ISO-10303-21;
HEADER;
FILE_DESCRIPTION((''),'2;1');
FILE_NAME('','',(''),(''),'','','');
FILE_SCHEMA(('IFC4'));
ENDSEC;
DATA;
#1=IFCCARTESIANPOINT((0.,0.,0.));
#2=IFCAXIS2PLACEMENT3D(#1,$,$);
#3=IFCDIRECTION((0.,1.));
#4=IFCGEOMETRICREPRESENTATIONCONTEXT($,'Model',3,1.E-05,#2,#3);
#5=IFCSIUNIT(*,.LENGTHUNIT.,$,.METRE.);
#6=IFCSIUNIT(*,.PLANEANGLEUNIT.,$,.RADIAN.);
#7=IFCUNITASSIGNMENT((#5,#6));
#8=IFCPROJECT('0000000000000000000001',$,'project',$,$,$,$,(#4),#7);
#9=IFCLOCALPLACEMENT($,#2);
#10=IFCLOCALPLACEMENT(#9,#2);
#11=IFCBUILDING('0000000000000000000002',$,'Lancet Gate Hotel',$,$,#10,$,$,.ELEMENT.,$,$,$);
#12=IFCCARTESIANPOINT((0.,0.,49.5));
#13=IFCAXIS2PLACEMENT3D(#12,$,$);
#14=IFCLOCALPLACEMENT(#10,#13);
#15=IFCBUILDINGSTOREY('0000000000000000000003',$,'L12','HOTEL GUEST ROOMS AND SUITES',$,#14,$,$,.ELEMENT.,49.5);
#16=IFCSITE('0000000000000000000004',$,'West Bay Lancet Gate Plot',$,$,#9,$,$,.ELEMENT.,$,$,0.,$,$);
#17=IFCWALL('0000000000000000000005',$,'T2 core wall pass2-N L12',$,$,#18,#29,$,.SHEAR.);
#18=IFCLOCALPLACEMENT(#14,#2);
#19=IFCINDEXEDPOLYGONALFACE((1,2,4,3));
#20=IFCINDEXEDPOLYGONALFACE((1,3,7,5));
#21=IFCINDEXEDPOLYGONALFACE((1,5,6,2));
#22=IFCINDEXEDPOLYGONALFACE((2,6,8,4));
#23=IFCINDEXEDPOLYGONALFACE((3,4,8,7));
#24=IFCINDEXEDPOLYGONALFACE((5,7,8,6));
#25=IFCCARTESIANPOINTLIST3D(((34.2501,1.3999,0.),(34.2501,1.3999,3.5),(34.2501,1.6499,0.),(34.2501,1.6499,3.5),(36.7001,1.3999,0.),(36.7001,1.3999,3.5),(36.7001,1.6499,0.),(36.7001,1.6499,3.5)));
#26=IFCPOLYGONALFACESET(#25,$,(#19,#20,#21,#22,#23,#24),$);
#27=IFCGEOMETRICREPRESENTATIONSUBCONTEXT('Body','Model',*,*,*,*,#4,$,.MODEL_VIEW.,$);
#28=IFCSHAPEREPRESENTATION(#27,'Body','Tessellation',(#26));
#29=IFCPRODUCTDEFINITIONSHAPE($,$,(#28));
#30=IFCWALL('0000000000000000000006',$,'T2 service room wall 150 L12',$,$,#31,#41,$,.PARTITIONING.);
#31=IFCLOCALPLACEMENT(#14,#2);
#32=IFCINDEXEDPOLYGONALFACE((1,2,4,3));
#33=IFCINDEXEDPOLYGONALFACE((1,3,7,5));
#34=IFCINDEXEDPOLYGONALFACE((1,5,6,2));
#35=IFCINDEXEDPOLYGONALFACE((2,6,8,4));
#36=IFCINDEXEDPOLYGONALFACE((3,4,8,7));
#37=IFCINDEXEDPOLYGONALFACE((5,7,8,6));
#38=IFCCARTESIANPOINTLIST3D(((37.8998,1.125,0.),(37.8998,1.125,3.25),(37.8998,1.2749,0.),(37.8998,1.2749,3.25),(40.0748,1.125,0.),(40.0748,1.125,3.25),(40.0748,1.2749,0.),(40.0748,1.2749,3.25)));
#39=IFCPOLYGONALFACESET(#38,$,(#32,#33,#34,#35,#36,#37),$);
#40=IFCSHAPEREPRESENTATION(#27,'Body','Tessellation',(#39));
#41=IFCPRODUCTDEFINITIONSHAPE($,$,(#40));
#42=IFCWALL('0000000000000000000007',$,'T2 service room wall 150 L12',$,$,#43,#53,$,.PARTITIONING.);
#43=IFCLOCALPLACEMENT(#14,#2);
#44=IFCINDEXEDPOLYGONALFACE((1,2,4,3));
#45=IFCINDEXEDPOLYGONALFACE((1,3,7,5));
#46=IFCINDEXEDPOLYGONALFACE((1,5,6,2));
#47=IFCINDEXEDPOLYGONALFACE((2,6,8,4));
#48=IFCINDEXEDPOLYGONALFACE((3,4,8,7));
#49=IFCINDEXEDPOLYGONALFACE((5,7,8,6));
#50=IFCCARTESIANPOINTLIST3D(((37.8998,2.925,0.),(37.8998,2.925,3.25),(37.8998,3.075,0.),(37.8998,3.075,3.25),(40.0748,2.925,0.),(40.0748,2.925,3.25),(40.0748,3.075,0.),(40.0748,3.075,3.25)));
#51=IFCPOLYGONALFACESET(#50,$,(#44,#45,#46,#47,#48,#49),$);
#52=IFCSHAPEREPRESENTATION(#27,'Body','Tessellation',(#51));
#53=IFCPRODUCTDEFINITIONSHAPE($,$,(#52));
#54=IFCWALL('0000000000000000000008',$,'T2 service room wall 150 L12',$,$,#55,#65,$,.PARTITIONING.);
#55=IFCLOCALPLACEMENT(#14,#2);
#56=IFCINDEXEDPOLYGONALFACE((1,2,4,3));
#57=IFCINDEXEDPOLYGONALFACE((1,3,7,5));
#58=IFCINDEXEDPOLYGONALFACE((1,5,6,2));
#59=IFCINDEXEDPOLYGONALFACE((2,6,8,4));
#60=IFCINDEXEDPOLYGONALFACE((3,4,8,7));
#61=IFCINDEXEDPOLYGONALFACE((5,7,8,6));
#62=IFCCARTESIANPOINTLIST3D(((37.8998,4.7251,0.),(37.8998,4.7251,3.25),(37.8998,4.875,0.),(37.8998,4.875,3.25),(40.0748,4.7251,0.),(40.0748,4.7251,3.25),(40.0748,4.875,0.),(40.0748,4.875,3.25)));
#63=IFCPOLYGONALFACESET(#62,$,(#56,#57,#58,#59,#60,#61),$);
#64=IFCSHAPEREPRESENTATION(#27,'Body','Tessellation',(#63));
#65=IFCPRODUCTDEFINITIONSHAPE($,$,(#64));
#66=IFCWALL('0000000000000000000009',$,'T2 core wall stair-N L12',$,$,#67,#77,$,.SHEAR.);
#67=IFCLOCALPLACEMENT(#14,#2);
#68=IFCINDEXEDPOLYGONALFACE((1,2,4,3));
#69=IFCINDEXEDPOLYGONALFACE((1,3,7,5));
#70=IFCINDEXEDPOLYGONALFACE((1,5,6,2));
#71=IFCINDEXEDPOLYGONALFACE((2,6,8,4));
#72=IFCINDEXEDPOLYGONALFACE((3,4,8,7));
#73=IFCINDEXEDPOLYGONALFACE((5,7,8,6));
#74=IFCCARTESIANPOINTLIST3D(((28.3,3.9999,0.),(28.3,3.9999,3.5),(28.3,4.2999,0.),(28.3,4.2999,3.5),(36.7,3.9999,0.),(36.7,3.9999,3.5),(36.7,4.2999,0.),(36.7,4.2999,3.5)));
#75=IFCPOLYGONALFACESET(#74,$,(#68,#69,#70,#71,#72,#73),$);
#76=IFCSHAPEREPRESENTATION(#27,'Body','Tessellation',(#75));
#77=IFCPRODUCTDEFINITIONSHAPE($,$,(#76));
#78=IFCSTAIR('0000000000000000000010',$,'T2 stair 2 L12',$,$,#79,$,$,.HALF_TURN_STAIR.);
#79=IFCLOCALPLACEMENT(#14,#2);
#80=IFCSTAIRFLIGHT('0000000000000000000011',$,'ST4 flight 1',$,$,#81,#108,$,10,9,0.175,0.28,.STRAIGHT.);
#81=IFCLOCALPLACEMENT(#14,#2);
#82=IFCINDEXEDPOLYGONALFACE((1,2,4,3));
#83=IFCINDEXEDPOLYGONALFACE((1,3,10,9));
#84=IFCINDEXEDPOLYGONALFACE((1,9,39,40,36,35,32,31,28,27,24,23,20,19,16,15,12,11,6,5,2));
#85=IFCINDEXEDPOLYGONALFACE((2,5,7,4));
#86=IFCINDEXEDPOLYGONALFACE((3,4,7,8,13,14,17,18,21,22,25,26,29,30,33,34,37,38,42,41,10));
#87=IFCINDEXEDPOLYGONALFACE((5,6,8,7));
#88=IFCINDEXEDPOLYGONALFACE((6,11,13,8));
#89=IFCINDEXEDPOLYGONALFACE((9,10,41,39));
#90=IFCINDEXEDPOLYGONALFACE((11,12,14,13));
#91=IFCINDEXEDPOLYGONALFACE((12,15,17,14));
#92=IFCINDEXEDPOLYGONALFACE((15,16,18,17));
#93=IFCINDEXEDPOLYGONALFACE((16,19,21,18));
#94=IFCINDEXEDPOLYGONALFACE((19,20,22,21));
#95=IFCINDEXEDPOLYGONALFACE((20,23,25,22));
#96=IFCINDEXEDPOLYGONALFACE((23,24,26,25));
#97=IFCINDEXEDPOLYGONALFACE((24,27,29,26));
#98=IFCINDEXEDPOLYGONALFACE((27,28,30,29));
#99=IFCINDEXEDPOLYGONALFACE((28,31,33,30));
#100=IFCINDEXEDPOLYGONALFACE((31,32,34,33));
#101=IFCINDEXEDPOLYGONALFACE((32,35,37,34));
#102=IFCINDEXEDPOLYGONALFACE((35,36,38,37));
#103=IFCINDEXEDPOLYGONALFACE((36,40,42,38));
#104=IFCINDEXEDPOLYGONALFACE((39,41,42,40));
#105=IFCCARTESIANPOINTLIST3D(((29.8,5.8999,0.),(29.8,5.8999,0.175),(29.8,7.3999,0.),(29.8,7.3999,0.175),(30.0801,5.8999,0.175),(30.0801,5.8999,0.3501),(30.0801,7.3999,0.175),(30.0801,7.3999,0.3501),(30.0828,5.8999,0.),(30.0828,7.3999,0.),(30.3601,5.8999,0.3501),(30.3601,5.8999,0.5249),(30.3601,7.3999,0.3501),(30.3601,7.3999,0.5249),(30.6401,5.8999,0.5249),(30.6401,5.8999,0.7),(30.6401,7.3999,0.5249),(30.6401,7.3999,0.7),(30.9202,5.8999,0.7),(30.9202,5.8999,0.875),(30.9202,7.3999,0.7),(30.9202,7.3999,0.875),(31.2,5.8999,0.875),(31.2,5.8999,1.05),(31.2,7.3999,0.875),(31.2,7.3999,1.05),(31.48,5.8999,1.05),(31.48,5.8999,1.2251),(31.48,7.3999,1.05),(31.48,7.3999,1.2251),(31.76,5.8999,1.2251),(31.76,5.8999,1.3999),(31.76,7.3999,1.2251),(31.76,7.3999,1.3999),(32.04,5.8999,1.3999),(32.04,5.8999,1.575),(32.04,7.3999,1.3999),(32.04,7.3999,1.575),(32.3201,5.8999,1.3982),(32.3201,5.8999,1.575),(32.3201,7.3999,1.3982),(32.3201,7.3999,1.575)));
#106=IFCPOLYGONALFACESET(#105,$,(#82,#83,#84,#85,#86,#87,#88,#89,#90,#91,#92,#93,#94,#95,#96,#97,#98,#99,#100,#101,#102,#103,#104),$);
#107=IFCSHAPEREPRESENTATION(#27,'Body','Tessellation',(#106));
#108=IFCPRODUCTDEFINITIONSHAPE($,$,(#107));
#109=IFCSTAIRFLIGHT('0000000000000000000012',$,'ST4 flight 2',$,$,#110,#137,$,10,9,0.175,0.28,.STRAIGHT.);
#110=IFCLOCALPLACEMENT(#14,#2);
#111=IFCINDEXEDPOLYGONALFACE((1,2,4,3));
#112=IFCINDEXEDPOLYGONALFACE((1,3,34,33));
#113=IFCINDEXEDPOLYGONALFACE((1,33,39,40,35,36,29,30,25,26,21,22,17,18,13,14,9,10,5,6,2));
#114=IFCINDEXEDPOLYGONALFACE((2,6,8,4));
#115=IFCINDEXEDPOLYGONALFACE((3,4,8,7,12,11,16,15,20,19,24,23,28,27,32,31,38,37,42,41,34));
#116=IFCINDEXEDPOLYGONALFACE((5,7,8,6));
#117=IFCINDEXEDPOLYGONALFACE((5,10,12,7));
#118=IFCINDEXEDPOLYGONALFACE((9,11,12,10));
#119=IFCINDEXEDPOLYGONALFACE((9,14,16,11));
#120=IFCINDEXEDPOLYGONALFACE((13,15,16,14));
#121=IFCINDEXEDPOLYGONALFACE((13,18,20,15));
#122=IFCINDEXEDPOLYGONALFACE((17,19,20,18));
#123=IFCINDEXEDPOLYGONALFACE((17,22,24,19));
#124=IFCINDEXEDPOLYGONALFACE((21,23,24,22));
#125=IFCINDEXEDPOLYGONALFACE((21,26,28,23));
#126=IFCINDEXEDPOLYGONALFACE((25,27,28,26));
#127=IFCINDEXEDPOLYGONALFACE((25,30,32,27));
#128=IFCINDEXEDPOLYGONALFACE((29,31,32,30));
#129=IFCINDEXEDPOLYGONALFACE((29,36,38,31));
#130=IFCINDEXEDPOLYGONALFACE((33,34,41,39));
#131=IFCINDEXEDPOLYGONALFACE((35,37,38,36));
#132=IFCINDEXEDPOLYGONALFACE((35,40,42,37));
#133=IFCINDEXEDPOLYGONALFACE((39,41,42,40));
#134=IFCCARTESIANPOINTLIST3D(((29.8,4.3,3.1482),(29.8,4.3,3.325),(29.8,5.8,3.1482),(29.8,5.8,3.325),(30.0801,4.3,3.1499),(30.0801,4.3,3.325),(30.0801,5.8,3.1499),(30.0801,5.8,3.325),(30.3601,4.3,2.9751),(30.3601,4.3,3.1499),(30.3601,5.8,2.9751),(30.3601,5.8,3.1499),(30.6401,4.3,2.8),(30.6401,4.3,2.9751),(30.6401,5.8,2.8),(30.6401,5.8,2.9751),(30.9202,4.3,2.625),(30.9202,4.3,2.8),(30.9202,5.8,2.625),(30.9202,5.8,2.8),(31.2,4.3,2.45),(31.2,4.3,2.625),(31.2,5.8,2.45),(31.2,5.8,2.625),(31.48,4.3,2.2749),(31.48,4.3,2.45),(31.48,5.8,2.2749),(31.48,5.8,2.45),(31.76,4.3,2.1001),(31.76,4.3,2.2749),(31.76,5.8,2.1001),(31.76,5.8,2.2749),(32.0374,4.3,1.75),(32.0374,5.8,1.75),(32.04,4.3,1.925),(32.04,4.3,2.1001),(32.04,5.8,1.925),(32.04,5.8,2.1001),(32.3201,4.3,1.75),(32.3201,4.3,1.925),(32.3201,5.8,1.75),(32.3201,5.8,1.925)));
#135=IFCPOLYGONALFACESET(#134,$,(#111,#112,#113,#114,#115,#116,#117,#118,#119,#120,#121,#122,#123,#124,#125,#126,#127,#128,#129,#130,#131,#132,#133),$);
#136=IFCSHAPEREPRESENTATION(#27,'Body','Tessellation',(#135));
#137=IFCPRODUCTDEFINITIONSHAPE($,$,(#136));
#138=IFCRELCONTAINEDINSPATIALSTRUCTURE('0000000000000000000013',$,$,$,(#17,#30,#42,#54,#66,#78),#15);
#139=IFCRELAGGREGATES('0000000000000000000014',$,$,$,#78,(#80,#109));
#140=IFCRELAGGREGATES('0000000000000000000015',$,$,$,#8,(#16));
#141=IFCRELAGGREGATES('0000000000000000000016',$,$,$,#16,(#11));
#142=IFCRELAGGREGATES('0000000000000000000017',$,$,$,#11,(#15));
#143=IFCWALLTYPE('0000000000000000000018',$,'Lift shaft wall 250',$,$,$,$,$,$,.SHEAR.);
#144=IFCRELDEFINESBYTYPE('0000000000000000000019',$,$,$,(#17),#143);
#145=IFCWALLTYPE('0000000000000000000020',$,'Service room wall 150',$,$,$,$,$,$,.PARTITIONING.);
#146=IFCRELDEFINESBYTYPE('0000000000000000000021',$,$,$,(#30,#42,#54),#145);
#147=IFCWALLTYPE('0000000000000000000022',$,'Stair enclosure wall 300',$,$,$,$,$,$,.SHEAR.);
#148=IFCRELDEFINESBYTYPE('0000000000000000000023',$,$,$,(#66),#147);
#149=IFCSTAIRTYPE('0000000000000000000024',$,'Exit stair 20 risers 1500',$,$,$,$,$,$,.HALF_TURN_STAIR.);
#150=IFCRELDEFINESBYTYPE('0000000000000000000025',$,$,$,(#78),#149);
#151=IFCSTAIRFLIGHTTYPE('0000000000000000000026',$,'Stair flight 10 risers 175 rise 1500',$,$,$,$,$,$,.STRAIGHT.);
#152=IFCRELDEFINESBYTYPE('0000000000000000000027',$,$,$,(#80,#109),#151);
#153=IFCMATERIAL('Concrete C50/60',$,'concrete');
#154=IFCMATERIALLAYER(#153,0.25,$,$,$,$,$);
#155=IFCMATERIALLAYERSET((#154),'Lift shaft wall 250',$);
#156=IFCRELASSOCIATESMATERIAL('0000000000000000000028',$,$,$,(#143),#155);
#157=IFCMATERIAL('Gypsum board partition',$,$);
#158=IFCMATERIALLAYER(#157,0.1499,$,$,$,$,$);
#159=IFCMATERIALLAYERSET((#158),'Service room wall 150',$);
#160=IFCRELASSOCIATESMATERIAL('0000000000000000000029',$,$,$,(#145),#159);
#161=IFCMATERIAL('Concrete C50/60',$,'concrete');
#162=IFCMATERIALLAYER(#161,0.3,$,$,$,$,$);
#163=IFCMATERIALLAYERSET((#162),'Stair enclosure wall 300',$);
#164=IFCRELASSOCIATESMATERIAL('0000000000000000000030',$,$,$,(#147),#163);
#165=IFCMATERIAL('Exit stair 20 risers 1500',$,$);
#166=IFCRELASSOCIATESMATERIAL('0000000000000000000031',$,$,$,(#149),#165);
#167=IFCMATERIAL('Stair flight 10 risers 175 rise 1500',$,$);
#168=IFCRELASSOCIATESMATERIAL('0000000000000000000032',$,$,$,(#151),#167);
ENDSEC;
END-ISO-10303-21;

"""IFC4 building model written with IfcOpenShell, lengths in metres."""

from ifc_helpers import new_model, si_unit, direction, frame, frame_2d, origin, place, context, subcontext, project, spatial, polyline, rectangle, outline, extrude, material, layer, layer_set, type_object, element, aggregate, save


model = new_model("IFC4")

# Units and contexts
model_context = context("Model", 3, precision=1e-05, world=origin(), true_north=direction((0.0, 1.0)))
body_context = subcontext(model_context, "Body", "Model", "MODEL_VIEW")
ifc_project = project(units=[si_unit("LENGTHUNIT", "METRE"), si_unit("PLANEANGLEUNIT", "RADIAN")], contexts=[model_context])

# Site, building, storey
site_placement = place(None, origin())
site = spatial("IfcSite", under=ifc_project, at=site_placement, Name="West Bay Lancet Gate Plot", CompositionType="ELEMENT", RefElevation=0.0)
building_placement = place(site_placement, origin())
building = spatial("IfcBuilding", under=site, at=building_placement, Name="Lancet Gate Hotel", CompositionType="ELEMENT")
storey_placement = place(building_placement, frame((0.0, 0.0, 49.5)))
storey = spatial("IfcBuildingStorey", under=building, at=storey_placement, Name="L12", Description="HOTEL GUEST ROOMS AND SUITES", CompositionType="ELEMENT", Elevation=49.5)

# Shared definitions
ifc_material_1 = material(Name="Concrete C50/60", Category="concrete")
ifc_layer_1 = layer(ifc_material_1, 0.25)
ifc_layer_set_1 = layer_set([ifc_layer_1], Name="Lift shaft wall 250")
wall_type_1 = type_object("IfcWallType", Name="Lift shaft wall 250", PredefinedType="SHEAR", material=ifc_layer_set_1)

# Walls
wall_1_placement = place(storey_placement, frame((34.25, 1.5249, 0.0), z_axis=(0.0, 0.0, 1.0), x_axis=(1.0, 0.0, 0.0)))
element("IfcWall", 1, at=wall_1_placement, inside=storey, type_object=wall_type_1, Name="T2 core wall pass2-N L12", PredefinedType="SHEAR", context=body_context, shape_type="SweptSolid", body=[
    extrude(rectangle(XDim=2.45, YDim=0.25, at=frame_2d((1.2251, 0.0))), origin(), (0.0, 0.0, 1.0), 3.5),
])
ifc_material_2 = material(Name="Gypsum board partition")
ifc_layer_2 = layer(ifc_material_2, 0.1499)
ifc_layer_set_2 = layer_set([ifc_layer_2], Name="Service room wall 150")
wall_type_2 = type_object("IfcWallType", Name="Service room wall 150", PredefinedType="PARTITIONING", material=ifc_layer_set_2)
for number, where, z_axis, x_axis, name in (
    (2, (37.8999, 1.2, 0.0), (0.0, 0.0, 1.0), (1.0, 0.0, 0.0), "T2 service room wall 150 L12"),
    (3, (37.8999, 3.0, 0.0), (0.0, 0.0, 1.0), (1.0, 0.0, 0.0), "T2 service room wall 150 L12"),
    (4, (37.8999, 4.8, 0.0), (0.0, 0.0, 1.0), (1.0, 0.0, 0.0), "T2 service room wall 150 L12"),
):
    element("IfcWall", number, at=place(storey_placement, frame(where, z_axis=z_axis, x_axis=x_axis)), inside=storey, type_object=wall_type_2, Name=name, PredefinedType="PARTITIONING", context=body_context, shape_type="SweptSolid", body=[
        extrude(rectangle(XDim=2.175, YDim=0.1499, at=frame_2d((1.0874, 0.0))), origin(), (0.0, 0.0, 1.0), 3.25),
    ])
ifc_material_3 = material(Name="Concrete C50/60", Category="concrete")
ifc_layer_3 = layer(ifc_material_3, 0.3)
ifc_layer_set_3 = layer_set([ifc_layer_3], Name="Stair enclosure wall 300")
wall_type_3 = type_object("IfcWallType", Name="Stair enclosure wall 300", PredefinedType="SHEAR", material=ifc_layer_set_3)
wall_2_placement = place(storey_placement, frame((28.3, 4.1499, 0.0), z_axis=(0.0, 0.0, 1.0), x_axis=(1.0, 0.0, 0.0)))
element("IfcWall", 5, at=wall_2_placement, inside=storey, type_object=wall_type_3, Name="T2 core wall stair-N L12", PredefinedType="SHEAR", context=body_context, shape_type="SweptSolid", body=[
    extrude(rectangle(XDim=8.3999, YDim=0.3, at=frame_2d((4.2, 0.0))), origin(), (0.0, 0.0, 1.0), 3.5),
])

# Stair, stair flights
ifc_material_4 = material(Name="Exit stair 20 risers 1500")
stair_type = type_object("IfcStairType", Name="Exit stair 20 risers 1500", PredefinedType="HALF_TURN_STAIR", material=ifc_material_4)
stair_placement = place(storey_placement, origin())
stair = element("IfcStair", 6, at=stair_placement, inside=storey, type_object=stair_type, Name="T2 stair 2 L12", PredefinedType="HALF_TURN_STAIR")
ifc_material_5 = material(Name="Stair flight 10 risers 175 rise 1500")
stair_flight_type = type_object("IfcStairFlightType", Name="Stair flight 10 risers 175 rise 1500", PredefinedType="STRAIGHT", material=ifc_material_5)
stair_flight_1_placement = place(storey_placement, frame((29.8, 6.6499, 0.0), z_axis=(0.0, 0.0, 1.0), x_axis=(1.0, 0.0, 0.0)))
stair_flight_1 = element("IfcStairFlight", 7, at=stair_flight_1_placement, type_object=stair_flight_type, Name="ST4 flight 1", NumberOfRisers=10, NumberOfTreads=9, PredefinedType="STRAIGHT", RiserHeight=0.175, TreadLength=0.28, context=body_context, shape_type="SweptSolid", body=[
    extrude(outline(polyline([(0.0, 0.0), (0.0, 0.175), (0.28, 0.175), (0.28, 0.3501), (0.5601, 0.3501), (0.5601, 0.5249), (0.8401, 0.5249), (0.8401, 0.7), (1.1201, 0.7), (1.1201, 0.875), (1.3999, 0.875), (1.3999, 1.05), (1.6799, 1.05), (1.6799, 1.2251), (1.96, 1.2251), (1.96, 1.3999), (2.24, 1.3999), (2.24, 1.575), (2.52, 1.575), (2.52, 1.75), (2.52, 1.3982), (0.2827, 0.0), (0.0, 0.0)])), frame((0.0, 0.75, 0.0), z_axis=(0.0, -1.0, 0.0), x_axis=(1.0, 0.0, 0.0)), (0.0, 0.0, 1.0), 1.5),
])
stair_flight_2_placement = place(storey_placement, frame((32.3201, 5.05, 1.75), z_axis=(0.0, 0.0, 1.0), x_axis=(-1.0, 0.0, 0.0)))
stair_flight_2 = element("IfcStairFlight", 8, at=stair_flight_2_placement, type_object=stair_flight_type, Name="ST4 flight 2", NumberOfRisers=10, NumberOfTreads=9, PredefinedType="STRAIGHT", RiserHeight=0.175, TreadLength=0.28, context=body_context, shape_type="SweptSolid", body=[
    extrude(outline(polyline([(0.0, 0.0), (0.0, 0.175), (0.28, 0.175), (0.28, 0.3501), (0.5601, 0.3501), (0.5601, 0.5249), (0.8401, 0.5249), (0.8401, 0.7), (1.1201, 0.7), (1.1201, 0.875), (1.3999, 0.875), (1.3999, 1.05), (1.6799, 1.05), (1.6799, 1.2251), (1.96, 1.2251), (1.96, 1.3999), (2.24, 1.3999), (2.24, 1.575), (2.52, 1.575), (2.52, 1.75), (2.52, 1.3982), (0.2827, 0.0), (0.0, 0.0)])), frame((0.0, 0.75, 0.0), z_axis=(0.0, -1.0, 0.0), x_axis=(1.0, 0.0, 0.0)), (0.0, 0.0, 1.0), 1.5),
])
aggregate(stair, [stair_flight_1, stair_flight_2])

save(model, "model.ifc")
